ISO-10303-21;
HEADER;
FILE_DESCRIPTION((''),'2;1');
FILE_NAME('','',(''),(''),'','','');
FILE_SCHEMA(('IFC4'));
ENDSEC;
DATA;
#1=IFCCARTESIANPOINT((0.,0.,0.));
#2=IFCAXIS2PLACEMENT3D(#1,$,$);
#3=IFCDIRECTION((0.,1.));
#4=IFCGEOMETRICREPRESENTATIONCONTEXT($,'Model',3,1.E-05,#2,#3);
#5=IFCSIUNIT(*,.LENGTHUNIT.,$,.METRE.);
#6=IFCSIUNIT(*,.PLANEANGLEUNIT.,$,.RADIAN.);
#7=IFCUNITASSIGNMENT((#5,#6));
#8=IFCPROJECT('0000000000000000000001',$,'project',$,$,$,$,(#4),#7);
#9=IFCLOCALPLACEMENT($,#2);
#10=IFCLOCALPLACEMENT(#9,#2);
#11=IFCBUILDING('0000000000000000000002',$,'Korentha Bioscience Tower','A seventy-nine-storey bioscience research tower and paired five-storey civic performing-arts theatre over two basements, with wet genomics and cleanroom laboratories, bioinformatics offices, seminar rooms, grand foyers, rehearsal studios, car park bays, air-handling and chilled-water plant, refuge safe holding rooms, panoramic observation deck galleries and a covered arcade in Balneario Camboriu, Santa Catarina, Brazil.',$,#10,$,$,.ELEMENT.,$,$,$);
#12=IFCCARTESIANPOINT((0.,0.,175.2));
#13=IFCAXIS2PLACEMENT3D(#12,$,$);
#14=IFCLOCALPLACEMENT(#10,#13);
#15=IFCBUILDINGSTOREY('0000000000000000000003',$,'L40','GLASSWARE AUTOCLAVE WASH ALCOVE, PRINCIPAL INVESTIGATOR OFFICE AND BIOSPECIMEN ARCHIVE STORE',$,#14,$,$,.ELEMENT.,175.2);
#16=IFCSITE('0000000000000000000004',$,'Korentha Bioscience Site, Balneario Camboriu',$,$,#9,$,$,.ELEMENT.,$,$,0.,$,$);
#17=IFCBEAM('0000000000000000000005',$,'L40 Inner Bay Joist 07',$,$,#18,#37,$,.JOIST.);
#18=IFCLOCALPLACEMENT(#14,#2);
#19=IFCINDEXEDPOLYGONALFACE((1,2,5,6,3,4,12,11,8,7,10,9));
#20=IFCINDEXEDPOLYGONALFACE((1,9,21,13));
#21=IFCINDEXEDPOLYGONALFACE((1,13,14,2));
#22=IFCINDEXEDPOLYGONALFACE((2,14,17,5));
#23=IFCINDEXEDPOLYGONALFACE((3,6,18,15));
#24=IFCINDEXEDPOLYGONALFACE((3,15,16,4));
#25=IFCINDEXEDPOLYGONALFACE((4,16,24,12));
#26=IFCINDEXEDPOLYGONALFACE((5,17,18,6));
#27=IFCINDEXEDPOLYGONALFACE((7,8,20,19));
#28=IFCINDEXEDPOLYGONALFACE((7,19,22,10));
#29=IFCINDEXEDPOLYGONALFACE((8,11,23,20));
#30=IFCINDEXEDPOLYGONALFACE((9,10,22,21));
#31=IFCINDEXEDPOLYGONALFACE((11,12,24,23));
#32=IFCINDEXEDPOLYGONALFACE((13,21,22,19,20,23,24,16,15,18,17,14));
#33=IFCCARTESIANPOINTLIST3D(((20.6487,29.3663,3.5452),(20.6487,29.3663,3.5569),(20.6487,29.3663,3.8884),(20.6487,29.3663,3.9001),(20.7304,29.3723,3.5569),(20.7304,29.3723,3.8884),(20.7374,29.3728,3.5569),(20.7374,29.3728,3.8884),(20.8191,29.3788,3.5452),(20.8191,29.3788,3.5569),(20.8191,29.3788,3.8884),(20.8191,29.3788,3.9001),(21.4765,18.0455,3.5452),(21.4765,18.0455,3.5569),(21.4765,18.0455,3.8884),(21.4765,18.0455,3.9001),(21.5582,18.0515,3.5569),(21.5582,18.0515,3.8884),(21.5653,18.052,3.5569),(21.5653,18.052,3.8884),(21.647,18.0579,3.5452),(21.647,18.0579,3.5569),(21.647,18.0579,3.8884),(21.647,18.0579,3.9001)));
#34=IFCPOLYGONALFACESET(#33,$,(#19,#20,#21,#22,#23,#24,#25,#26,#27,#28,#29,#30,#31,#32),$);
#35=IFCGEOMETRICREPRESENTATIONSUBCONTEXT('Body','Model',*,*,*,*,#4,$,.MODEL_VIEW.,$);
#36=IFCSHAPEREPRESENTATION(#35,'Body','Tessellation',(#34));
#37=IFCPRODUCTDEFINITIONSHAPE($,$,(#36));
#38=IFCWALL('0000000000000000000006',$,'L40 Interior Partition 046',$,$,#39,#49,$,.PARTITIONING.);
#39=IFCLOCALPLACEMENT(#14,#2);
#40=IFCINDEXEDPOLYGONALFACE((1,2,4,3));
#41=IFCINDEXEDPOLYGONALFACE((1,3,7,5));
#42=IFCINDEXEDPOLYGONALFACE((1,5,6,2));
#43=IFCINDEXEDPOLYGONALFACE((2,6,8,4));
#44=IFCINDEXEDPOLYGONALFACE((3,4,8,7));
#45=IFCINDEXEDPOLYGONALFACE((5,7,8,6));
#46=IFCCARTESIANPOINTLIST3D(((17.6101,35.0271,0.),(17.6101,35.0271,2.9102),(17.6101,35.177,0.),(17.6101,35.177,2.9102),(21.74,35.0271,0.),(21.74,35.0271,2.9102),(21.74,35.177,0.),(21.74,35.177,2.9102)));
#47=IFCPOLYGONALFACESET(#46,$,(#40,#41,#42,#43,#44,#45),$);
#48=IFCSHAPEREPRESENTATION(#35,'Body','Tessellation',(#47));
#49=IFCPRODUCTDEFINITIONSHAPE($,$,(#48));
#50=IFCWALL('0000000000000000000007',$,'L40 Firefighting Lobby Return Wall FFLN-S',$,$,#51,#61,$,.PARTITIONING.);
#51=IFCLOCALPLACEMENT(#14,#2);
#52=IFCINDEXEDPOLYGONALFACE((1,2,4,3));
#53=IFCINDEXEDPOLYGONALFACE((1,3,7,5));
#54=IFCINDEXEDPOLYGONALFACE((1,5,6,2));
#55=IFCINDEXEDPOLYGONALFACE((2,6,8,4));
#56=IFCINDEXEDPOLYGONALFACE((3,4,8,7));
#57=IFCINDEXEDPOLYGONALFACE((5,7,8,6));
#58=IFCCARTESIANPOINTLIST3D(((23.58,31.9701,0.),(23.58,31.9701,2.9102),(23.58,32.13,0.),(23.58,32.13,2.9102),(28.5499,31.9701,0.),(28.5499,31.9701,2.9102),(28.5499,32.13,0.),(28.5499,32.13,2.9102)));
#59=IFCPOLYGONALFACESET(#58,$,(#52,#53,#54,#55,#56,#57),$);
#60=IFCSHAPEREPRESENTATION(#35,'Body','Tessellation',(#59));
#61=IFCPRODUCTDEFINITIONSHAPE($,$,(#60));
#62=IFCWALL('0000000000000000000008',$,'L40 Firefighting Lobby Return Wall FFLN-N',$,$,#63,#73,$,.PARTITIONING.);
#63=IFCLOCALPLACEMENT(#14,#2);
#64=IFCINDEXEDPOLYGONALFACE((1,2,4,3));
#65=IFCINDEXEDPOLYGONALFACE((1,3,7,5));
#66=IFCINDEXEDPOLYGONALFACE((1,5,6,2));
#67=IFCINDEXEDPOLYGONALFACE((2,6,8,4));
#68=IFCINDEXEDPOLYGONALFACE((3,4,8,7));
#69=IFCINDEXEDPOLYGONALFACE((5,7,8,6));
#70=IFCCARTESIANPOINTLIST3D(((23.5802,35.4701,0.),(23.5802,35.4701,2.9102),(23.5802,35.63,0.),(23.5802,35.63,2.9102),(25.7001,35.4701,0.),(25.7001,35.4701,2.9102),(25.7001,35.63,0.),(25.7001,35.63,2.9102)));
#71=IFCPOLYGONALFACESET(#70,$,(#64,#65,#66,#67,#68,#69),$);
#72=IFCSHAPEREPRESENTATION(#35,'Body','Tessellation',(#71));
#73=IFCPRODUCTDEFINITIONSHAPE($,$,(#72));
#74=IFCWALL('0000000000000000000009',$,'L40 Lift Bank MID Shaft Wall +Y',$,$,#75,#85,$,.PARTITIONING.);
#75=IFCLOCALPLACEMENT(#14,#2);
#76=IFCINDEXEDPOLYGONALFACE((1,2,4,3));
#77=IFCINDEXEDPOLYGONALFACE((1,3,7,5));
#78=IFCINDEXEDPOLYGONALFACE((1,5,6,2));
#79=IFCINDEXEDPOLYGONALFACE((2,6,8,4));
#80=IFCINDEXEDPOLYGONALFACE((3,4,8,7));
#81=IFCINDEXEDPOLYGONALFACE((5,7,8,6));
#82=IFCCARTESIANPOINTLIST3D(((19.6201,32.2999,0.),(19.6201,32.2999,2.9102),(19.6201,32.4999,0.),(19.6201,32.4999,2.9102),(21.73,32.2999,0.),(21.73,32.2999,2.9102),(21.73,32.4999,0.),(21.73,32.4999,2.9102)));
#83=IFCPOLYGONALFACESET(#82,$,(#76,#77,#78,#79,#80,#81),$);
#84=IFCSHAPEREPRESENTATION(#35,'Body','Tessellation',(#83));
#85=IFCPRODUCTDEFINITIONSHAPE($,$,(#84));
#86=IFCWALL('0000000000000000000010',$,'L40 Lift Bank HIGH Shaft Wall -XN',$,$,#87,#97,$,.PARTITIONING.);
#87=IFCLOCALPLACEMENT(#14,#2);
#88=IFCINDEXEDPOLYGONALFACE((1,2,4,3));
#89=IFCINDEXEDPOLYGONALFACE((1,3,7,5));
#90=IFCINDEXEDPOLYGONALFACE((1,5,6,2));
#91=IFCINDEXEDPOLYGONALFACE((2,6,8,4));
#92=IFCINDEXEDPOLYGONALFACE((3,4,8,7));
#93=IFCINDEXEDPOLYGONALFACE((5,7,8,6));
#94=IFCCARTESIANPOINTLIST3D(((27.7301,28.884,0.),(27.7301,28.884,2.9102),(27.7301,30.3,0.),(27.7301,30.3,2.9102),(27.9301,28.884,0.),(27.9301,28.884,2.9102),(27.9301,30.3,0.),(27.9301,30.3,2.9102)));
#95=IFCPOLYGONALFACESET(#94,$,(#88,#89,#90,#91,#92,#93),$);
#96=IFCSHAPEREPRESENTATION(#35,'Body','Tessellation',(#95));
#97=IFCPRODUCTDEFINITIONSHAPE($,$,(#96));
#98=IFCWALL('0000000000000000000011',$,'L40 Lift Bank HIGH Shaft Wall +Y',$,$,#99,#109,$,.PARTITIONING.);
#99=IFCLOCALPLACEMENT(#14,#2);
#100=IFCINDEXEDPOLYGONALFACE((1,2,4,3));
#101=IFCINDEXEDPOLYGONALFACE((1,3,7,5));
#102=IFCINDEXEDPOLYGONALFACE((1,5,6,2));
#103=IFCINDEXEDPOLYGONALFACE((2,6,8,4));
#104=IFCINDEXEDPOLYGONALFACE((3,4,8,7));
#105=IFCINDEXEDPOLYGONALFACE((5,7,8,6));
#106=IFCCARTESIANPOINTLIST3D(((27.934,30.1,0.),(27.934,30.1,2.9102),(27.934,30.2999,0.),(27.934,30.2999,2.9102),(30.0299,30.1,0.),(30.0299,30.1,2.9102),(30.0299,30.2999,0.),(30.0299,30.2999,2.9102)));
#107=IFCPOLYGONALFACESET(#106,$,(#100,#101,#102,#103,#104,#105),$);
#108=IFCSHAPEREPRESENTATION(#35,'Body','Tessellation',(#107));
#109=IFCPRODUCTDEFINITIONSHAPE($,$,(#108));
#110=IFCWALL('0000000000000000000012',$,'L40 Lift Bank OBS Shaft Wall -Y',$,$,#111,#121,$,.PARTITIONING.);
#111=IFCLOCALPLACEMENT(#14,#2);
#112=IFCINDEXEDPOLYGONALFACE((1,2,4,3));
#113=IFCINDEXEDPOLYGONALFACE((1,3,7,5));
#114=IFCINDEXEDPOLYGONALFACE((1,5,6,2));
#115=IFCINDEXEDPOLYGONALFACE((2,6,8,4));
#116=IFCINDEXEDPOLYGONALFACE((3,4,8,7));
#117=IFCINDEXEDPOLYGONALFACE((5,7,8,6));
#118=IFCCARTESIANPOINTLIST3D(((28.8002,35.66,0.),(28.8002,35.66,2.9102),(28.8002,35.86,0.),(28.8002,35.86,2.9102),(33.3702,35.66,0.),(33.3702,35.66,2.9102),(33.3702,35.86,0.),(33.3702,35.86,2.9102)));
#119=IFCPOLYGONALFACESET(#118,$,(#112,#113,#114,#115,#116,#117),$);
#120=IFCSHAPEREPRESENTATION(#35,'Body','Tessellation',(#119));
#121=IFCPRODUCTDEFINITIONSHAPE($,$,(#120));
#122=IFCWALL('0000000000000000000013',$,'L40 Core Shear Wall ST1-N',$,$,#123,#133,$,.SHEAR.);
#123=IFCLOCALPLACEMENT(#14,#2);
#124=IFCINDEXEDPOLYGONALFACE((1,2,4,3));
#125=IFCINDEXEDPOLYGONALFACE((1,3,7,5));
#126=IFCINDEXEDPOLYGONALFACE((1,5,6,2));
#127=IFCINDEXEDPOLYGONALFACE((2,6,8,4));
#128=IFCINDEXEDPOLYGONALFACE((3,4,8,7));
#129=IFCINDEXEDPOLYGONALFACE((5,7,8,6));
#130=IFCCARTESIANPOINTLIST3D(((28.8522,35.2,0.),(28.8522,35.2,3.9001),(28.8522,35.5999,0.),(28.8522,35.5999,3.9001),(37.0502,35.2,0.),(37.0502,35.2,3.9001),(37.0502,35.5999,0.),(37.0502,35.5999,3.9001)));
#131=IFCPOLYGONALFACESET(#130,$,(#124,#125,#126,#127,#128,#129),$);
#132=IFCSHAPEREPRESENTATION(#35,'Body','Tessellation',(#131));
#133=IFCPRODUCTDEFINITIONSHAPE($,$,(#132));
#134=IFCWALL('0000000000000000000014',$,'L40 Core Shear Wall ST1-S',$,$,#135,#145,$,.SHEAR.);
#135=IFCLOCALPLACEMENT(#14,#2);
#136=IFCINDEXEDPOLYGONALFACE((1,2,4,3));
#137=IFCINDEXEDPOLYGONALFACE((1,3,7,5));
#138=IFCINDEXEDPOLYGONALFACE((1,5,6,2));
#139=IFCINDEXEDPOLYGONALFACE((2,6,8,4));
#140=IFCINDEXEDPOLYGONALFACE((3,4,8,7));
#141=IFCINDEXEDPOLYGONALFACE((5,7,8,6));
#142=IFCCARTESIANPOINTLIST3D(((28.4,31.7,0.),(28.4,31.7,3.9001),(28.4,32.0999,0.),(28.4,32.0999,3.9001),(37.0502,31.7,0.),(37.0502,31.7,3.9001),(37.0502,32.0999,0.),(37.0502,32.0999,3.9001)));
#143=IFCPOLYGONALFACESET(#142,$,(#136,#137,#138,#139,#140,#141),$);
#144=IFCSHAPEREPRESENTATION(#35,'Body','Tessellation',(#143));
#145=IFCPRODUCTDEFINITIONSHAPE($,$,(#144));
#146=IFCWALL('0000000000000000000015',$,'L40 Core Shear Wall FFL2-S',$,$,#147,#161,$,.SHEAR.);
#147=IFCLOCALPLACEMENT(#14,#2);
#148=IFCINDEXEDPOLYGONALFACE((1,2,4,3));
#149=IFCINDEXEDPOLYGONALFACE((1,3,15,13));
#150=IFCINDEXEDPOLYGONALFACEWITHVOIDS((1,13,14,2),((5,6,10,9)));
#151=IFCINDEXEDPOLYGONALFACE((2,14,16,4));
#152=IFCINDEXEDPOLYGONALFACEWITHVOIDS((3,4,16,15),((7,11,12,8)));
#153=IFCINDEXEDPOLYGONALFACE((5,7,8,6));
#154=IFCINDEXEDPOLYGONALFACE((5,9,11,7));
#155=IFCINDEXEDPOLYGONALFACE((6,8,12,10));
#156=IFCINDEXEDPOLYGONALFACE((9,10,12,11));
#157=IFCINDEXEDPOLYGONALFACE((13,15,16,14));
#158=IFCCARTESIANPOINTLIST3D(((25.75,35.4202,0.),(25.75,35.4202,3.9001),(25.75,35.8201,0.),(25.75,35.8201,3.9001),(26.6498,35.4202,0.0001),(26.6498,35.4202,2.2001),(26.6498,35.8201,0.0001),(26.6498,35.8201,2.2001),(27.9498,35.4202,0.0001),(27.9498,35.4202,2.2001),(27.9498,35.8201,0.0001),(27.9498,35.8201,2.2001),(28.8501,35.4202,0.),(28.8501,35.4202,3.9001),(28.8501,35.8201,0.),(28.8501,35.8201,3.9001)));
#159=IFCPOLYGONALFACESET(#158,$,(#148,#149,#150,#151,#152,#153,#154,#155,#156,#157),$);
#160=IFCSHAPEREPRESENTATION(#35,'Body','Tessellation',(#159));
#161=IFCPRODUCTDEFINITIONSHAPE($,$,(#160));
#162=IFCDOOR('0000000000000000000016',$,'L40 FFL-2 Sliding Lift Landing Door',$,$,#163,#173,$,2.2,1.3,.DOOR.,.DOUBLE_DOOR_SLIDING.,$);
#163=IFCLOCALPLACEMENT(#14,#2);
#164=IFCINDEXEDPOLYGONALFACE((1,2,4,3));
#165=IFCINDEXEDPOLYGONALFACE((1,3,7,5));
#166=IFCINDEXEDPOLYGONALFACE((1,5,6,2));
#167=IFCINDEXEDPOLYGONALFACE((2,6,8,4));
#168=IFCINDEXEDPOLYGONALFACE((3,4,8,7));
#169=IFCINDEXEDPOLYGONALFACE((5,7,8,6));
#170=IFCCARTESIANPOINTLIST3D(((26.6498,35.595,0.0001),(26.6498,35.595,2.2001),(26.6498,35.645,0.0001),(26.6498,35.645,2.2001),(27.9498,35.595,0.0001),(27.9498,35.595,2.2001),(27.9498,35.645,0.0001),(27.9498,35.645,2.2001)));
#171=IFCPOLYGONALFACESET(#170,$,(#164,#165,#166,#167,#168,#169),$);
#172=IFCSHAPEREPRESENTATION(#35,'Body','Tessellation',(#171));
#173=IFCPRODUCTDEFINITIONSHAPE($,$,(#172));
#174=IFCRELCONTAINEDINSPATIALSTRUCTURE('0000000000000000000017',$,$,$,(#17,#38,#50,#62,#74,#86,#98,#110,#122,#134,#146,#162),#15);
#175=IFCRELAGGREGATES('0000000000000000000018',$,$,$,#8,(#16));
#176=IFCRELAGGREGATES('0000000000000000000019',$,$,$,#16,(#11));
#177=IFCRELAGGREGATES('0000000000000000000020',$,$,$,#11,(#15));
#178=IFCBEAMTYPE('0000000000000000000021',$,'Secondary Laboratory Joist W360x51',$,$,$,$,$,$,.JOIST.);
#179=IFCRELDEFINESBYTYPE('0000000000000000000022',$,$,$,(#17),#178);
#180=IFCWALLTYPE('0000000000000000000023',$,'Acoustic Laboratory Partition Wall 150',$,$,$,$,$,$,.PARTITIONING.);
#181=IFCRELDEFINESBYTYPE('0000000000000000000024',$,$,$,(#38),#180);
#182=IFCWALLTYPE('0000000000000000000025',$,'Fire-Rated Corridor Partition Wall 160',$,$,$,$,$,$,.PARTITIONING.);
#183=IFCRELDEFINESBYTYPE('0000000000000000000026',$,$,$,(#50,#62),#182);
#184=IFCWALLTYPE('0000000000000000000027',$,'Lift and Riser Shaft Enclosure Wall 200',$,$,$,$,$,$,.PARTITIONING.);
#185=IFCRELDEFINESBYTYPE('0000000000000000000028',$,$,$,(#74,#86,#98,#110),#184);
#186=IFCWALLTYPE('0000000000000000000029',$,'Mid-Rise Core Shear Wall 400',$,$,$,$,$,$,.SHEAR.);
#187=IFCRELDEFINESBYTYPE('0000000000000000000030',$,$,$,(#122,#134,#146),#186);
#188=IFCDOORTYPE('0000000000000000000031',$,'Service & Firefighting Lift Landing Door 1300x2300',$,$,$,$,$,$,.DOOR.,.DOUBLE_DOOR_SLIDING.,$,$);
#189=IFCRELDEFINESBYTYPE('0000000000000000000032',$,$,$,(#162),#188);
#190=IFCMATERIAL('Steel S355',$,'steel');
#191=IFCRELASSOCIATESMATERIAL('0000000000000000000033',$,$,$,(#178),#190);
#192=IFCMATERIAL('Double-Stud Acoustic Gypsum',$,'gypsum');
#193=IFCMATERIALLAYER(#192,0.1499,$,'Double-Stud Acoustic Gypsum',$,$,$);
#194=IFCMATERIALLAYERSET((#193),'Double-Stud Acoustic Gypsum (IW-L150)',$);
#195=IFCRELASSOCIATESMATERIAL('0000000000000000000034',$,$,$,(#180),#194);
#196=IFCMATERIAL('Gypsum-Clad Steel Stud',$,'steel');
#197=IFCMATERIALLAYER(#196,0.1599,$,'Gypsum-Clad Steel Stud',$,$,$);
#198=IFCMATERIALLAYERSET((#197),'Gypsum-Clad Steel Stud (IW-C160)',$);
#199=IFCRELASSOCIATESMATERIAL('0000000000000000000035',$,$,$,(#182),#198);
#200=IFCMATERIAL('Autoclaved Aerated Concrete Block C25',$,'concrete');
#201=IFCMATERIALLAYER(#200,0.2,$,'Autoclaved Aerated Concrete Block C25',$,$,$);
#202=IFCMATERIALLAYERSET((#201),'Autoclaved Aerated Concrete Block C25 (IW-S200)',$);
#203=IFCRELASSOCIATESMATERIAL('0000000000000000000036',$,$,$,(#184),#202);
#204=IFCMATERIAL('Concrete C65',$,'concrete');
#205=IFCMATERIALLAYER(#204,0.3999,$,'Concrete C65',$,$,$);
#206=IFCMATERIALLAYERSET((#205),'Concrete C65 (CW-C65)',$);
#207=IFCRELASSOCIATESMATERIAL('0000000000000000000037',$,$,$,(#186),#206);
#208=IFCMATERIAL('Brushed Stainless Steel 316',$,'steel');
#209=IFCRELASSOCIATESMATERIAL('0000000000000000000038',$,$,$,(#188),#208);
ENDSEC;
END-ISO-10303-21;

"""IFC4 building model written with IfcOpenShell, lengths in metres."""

from ifc_helpers import new_model, si_unit, direction, frame, frame_2d, origin, origin_2d, place, context, subcontext, project, spatial, rectangle, i_section, extrude, material, layer, layer_set, material_profile, profile_set, type_object, element, fill, save


model = new_model("IFC4")

# Units and contexts
model_context = context("Model", 3, precision=1e-05, world=origin(), true_north=direction((0.0, 1.0)))
body_context = subcontext(model_context, "Body", "Model", "MODEL_VIEW")
ifc_project = project(units=[si_unit("LENGTHUNIT", "METRE"), si_unit("PLANEANGLEUNIT", "RADIAN")], contexts=[model_context])

# Site, building, storey
site_placement = place(None, origin())
site = spatial("IfcSite", under=ifc_project, at=site_placement, Name="Korentha Bioscience Site, Balneario Camboriu", CompositionType="ELEMENT", RefElevation=0.0)
building_placement = place(site_placement, origin())
building = spatial("IfcBuilding", under=site, at=building_placement, Name="Korentha Bioscience Tower", Description="A seventy-nine-storey bioscience research tower and paired five-storey civic performing-arts theatre over two basements, with wet genomics and cleanroom laboratories, bioinformatics offices, seminar rooms, grand foyers, rehearsal studios, car park bays, air-handling and chilled-water plant, refuge safe holding rooms, panoramic observation deck galleries and a covered arcade in Balneario Camboriu, Santa Catarina, Brazil.", CompositionType="ELEMENT")
storey_placement = place(building_placement, frame((0.0, 0.0, 175.2)))
storey = spatial("IfcBuildingStorey", under=building, at=storey_placement, Name="L40", Description="GLASSWARE AUTOCLAVE WASH ALCOVE, PRINCIPAL INVESTIGATOR OFFICE AND BIOSPECIMEN ARCHIVE STORE", CompositionType="ELEMENT", Elevation=175.2)

# Shared definitions
ifc_material_1 = material(Name="Concrete C65", Category="concrete")

# Beam
ifc_material_2 = material(Name="Steel S355", Category="steel")
ifc_material_profile_1 = material_profile(ifc_material_2, i_section(OverallWidth=0.1709, OverallDepth=0.355, WebThickness=0.0071, FlangeThickness=0.0117, at=origin_2d()), Name="Steel S355")
ifc_profile_set_1 = profile_set([ifc_material_profile_1], Name="Steel S355 (JB-360)")
beam_type_1 = type_object("IfcBeamType", Name="Secondary Laboratory Joist W360x51", PredefinedType="JOIST", material=ifc_profile_set_1)
beam_1_placement = place(storey_placement, frame((20.7339, 29.3726, 3.7227), z_axis=(0.072934, -0.997337, 0.0), x_axis=(0.997337, 0.072934, 0.0)))
element("IfcBeam", 1, at=beam_1_placement, inside=storey, type_object=beam_type_1, Name="L40 Inner Bay Joist 07", PredefinedType="JOIST", context=body_context, shape_type="SweptSolid", body=[
    extrude(i_section(OverallWidth=0.1709, OverallDepth=0.355, WebThickness=0.0071, FlangeThickness=0.0117, at=origin_2d()), origin(), (0.0, 0.0, 1.0), 11.3511),
])

# Wall
ifc_material_3 = material(Name="Double-Stud Acoustic Gypsum", Category="gypsum")
ifc_layer_1 = layer(ifc_material_3, 0.1499, Name="Double-Stud Acoustic Gypsum")
ifc_layer_set_1 = layer_set([ifc_layer_1], Name="Double-Stud Acoustic Gypsum (IW-L150)")
wall_type_1 = type_object("IfcWallType", Name="Acoustic Laboratory Partition Wall 150", PredefinedType="PARTITIONING", material=ifc_layer_set_1)
wall_1_placement = place(storey_placement, frame((21.74, 35.1021, 0.0), z_axis=(0.0, 0.0, 1.0), x_axis=(-1.0, 0.0, 0.0)))
element("IfcWall", 2, at=wall_1_placement, inside=storey, type_object=wall_type_1, Name="L40 Interior Partition 046", PredefinedType="PARTITIONING", context=body_context, shape_type="SweptSolid", body=[
    extrude(rectangle(XDim=4.1299, YDim=0.1499, at=frame_2d((2.0649, 0.0))), origin(), (0.0, 0.0, 1.0), 2.9102),
])

# Shared definitions
ifc_material_4 = material(Name="Gypsum-Clad Steel Stud", Category="steel")
ifc_layer_2 = layer(ifc_material_4, 0.1599, Name="Gypsum-Clad Steel Stud")
ifc_layer_set_2 = layer_set([ifc_layer_2], Name="Gypsum-Clad Steel Stud (IW-C160)")
wall_type_2 = type_object("IfcWallType", Name="Fire-Rated Corridor Partition Wall 160", PredefinedType="PARTITIONING", material=ifc_layer_set_2)

# Walls
wall_2_placement = place(storey_placement, frame((23.5801, 32.05, 0.0), z_axis=(0.0, 0.0, 1.0), x_axis=(1.0, 0.0, 0.0)))
element("IfcWall", 3, at=wall_2_placement, inside=storey, type_object=wall_type_2, Name="L40 Firefighting Lobby Return Wall FFLN-S", PredefinedType="PARTITIONING", context=body_context, shape_type="SweptSolid", body=[
    extrude(rectangle(XDim=4.97, YDim=0.1599, at=frame_2d((2.4849, 0.0))), origin(), (0.0, 0.0, 1.0), 2.9102),
])
wall_3_placement = place(storey_placement, frame((23.5801, 35.55, 0.0), z_axis=(0.0, 0.0, 1.0), x_axis=(1.0, 0.0, 0.0)))
element("IfcWall", 4, at=wall_3_placement, inside=storey, type_object=wall_type_2, Name="L40 Firefighting Lobby Return Wall FFLN-N", PredefinedType="PARTITIONING", context=body_context, shape_type="SweptSolid", body=[
    extrude(rectangle(XDim=2.1199, YDim=0.1599, at=frame_2d((1.0601, 0.0))), origin(), (0.0, 0.0, 1.0), 2.9102),
])
ifc_material_5 = material(Name="Autoclaved Aerated Concrete Block C25", Category="concrete")
ifc_layer_3 = layer(ifc_material_5, 0.2, Name="Autoclaved Aerated Concrete Block C25")
ifc_layer_set_3 = layer_set([ifc_layer_3], Name="Autoclaved Aerated Concrete Block C25 (IW-S200)")
wall_type_3 = type_object("IfcWallType", Name="Lift and Riser Shaft Enclosure Wall 200", PredefinedType="PARTITIONING", material=ifc_layer_set_3)
wall_4_placement = place(storey_placement, frame((19.6201, 32.3999, 0.0), z_axis=(0.0, 0.0, 1.0), x_axis=(1.0, 0.0, 0.0)))
element("IfcWall", 5, at=wall_4_placement, inside=storey, type_object=wall_type_3, Name="L40 Lift Bank MID Shaft Wall +Y", PredefinedType="PARTITIONING", context=body_context, shape_type="SweptSolid", body=[
    extrude(rectangle(XDim=2.1099, YDim=0.2, at=frame_2d((1.0549, 0.0))), origin(), (0.0, 0.0, 1.0), 2.9102),
])
wall_5_placement = place(storey_placement, frame((27.8301, 28.884, 0.0), z_axis=(0.0, 0.0, 1.0), x_axis=(0.0, 1.0, 0.0)))
element("IfcWall", 6, at=wall_5_placement, inside=storey, type_object=wall_type_3, Name="L40 Lift Bank HIGH Shaft Wall -XN", PredefinedType="PARTITIONING", context=body_context, shape_type="SweptSolid", body=[
    extrude(rectangle(XDim=1.416, YDim=0.2, at=frame_2d((0.708, 0.0))), origin(), (0.0, 0.0, 1.0), 2.9102),
])
wall_6_placement = place(storey_placement, frame((27.9341, 30.2, 0.0), z_axis=(0.0, 0.0, 1.0), x_axis=(1.0, 0.0, 0.0)))
element("IfcWall", 7, at=wall_6_placement, inside=storey, type_object=wall_type_3, Name="L40 Lift Bank HIGH Shaft Wall +Y", PredefinedType="PARTITIONING", context=body_context, shape_type="SweptSolid", body=[
    extrude(rectangle(XDim=2.0959, YDim=0.2, at=frame_2d((1.0479, 0.0))), origin(), (0.0, 0.0, 1.0), 2.9102),
])
wall_7_placement = place(storey_placement, frame((28.8, 35.76, 0.0), z_axis=(0.0, 0.0, 1.0), x_axis=(1.0, 0.0, 0.0)))
element("IfcWall", 8, at=wall_7_placement, inside=storey, type_object=wall_type_3, Name="L40 Lift Bank OBS Shaft Wall -Y", PredefinedType="PARTITIONING", context=body_context, shape_type="SweptSolid", body=[
    extrude(rectangle(XDim=4.5701, YDim=0.2, at=frame_2d((2.2852, 0.0))), origin(), (0.0, 0.0, 1.0), 2.9102),
])
ifc_layer_4 = layer(ifc_material_1, 0.3999, Name="Concrete C65")
ifc_layer_set_4 = layer_set([ifc_layer_4], Name="Concrete C65 (CW-C65)")
wall_type_4 = type_object("IfcWallType", Name="Mid-Rise Core Shear Wall 400", PredefinedType="SHEAR", material=ifc_layer_set_4)
wall_8_placement = place(storey_placement, frame((28.8521, 35.3999, 0.0), z_axis=(0.0, 0.0, 1.0), x_axis=(1.0, 0.0, 0.0)))
element("IfcWall", 9, at=wall_8_placement, inside=storey, type_object=wall_type_4, Name="L40 Core Shear Wall ST1-N", PredefinedType="SHEAR", context=body_context, shape_type="SweptSolid", body=[
    extrude(rectangle(XDim=8.198, YDim=0.3999, at=frame_2d((4.0991, 0.0))), origin(), (0.0, 0.0, 1.0), 3.9001),
])
wall_9_placement = place(storey_placement, frame((28.3999, 31.8999, 0.0), z_axis=(0.0, 0.0, 1.0), x_axis=(1.0, 0.0, 0.0)))
element("IfcWall", 10, at=wall_9_placement, inside=storey, type_object=wall_type_4, Name="L40 Core Shear Wall ST1-S", PredefinedType="SHEAR", context=body_context, shape_type="SweptSolid", body=[
    extrude(rectangle(XDim=8.6501, YDim=0.3999, at=frame_2d((4.3252, 0.0))), origin(), (0.0, 0.0, 1.0), 3.9001),
])

# Wall, opening, door
wall_10_placement = place(storey_placement, frame((25.75, 35.6201, 0.0), z_axis=(0.0, 0.0, 1.0), x_axis=(1.0, 0.0, 0.0)))
wall_10 = element("IfcWall", 11, at=wall_10_placement, inside=storey, type_object=wall_type_4, Name="L40 Core Shear Wall FFL2-S", PredefinedType="SHEAR", context=body_context, shape_type="SweptSolid", body=[
    extrude(rectangle(XDim=3.1001, YDim=0.3999, at=frame_2d((1.55, 0.0))), origin(), (0.0, 0.0, 1.0), 3.9001),
])
opening_1_placement = place(wall_10_placement, frame((0.8999, 0.0, 0.0)))
opening_1 = element("IfcOpeningElement", 12, at=opening_1_placement, cuts=wall_10, PredefinedType="OPENING", context=body_context, shape_type="SweptSolid", body=[
    extrude(rectangle(XDim=1.3, YDim=2.2, at=frame_2d((0.6499, 1.1001))), frame((0.0, 0.2148, 0.0), z_axis=(0.0, -1.0, 0.0), x_axis=(1.0, 0.0, 0.0)), (0.0, 0.0, 1.0), 0.4297),
])
ifc_material_6 = material(Name="Brushed Stainless Steel 316", Category="steel")
door_type_1 = type_object("IfcDoorType", Name="Service & Firefighting Lift Landing Door 1300x2300", OperationType="DOUBLE_DOOR_SLIDING", PredefinedType="DOOR", material=ifc_material_6)
door_1_placement = place(opening_1_placement, origin())
door_1 = element("IfcDoor", 13, at=door_1_placement, inside=storey, type_object=door_type_1, Name="L40 FFL-2 Sliding Lift Landing Door", OperationType="DOUBLE_DOOR_SLIDING", OverallHeight=2.2, OverallWidth=1.3, PredefinedType="DOOR", context=body_context, shape_type="SweptSolid", body=[
    extrude(rectangle(XDim=1.3, YDim=2.2, at=frame_2d((0.6499, 1.1001))), frame((0.0, 0.0249, 0.0), z_axis=(0.0, -1.0, 0.0), x_axis=(1.0, 0.0, 0.0)), (0.0, 0.0, 1.0), 0.05),
])
fill(opening_1, door_1)

save(model, "model.ifc")
